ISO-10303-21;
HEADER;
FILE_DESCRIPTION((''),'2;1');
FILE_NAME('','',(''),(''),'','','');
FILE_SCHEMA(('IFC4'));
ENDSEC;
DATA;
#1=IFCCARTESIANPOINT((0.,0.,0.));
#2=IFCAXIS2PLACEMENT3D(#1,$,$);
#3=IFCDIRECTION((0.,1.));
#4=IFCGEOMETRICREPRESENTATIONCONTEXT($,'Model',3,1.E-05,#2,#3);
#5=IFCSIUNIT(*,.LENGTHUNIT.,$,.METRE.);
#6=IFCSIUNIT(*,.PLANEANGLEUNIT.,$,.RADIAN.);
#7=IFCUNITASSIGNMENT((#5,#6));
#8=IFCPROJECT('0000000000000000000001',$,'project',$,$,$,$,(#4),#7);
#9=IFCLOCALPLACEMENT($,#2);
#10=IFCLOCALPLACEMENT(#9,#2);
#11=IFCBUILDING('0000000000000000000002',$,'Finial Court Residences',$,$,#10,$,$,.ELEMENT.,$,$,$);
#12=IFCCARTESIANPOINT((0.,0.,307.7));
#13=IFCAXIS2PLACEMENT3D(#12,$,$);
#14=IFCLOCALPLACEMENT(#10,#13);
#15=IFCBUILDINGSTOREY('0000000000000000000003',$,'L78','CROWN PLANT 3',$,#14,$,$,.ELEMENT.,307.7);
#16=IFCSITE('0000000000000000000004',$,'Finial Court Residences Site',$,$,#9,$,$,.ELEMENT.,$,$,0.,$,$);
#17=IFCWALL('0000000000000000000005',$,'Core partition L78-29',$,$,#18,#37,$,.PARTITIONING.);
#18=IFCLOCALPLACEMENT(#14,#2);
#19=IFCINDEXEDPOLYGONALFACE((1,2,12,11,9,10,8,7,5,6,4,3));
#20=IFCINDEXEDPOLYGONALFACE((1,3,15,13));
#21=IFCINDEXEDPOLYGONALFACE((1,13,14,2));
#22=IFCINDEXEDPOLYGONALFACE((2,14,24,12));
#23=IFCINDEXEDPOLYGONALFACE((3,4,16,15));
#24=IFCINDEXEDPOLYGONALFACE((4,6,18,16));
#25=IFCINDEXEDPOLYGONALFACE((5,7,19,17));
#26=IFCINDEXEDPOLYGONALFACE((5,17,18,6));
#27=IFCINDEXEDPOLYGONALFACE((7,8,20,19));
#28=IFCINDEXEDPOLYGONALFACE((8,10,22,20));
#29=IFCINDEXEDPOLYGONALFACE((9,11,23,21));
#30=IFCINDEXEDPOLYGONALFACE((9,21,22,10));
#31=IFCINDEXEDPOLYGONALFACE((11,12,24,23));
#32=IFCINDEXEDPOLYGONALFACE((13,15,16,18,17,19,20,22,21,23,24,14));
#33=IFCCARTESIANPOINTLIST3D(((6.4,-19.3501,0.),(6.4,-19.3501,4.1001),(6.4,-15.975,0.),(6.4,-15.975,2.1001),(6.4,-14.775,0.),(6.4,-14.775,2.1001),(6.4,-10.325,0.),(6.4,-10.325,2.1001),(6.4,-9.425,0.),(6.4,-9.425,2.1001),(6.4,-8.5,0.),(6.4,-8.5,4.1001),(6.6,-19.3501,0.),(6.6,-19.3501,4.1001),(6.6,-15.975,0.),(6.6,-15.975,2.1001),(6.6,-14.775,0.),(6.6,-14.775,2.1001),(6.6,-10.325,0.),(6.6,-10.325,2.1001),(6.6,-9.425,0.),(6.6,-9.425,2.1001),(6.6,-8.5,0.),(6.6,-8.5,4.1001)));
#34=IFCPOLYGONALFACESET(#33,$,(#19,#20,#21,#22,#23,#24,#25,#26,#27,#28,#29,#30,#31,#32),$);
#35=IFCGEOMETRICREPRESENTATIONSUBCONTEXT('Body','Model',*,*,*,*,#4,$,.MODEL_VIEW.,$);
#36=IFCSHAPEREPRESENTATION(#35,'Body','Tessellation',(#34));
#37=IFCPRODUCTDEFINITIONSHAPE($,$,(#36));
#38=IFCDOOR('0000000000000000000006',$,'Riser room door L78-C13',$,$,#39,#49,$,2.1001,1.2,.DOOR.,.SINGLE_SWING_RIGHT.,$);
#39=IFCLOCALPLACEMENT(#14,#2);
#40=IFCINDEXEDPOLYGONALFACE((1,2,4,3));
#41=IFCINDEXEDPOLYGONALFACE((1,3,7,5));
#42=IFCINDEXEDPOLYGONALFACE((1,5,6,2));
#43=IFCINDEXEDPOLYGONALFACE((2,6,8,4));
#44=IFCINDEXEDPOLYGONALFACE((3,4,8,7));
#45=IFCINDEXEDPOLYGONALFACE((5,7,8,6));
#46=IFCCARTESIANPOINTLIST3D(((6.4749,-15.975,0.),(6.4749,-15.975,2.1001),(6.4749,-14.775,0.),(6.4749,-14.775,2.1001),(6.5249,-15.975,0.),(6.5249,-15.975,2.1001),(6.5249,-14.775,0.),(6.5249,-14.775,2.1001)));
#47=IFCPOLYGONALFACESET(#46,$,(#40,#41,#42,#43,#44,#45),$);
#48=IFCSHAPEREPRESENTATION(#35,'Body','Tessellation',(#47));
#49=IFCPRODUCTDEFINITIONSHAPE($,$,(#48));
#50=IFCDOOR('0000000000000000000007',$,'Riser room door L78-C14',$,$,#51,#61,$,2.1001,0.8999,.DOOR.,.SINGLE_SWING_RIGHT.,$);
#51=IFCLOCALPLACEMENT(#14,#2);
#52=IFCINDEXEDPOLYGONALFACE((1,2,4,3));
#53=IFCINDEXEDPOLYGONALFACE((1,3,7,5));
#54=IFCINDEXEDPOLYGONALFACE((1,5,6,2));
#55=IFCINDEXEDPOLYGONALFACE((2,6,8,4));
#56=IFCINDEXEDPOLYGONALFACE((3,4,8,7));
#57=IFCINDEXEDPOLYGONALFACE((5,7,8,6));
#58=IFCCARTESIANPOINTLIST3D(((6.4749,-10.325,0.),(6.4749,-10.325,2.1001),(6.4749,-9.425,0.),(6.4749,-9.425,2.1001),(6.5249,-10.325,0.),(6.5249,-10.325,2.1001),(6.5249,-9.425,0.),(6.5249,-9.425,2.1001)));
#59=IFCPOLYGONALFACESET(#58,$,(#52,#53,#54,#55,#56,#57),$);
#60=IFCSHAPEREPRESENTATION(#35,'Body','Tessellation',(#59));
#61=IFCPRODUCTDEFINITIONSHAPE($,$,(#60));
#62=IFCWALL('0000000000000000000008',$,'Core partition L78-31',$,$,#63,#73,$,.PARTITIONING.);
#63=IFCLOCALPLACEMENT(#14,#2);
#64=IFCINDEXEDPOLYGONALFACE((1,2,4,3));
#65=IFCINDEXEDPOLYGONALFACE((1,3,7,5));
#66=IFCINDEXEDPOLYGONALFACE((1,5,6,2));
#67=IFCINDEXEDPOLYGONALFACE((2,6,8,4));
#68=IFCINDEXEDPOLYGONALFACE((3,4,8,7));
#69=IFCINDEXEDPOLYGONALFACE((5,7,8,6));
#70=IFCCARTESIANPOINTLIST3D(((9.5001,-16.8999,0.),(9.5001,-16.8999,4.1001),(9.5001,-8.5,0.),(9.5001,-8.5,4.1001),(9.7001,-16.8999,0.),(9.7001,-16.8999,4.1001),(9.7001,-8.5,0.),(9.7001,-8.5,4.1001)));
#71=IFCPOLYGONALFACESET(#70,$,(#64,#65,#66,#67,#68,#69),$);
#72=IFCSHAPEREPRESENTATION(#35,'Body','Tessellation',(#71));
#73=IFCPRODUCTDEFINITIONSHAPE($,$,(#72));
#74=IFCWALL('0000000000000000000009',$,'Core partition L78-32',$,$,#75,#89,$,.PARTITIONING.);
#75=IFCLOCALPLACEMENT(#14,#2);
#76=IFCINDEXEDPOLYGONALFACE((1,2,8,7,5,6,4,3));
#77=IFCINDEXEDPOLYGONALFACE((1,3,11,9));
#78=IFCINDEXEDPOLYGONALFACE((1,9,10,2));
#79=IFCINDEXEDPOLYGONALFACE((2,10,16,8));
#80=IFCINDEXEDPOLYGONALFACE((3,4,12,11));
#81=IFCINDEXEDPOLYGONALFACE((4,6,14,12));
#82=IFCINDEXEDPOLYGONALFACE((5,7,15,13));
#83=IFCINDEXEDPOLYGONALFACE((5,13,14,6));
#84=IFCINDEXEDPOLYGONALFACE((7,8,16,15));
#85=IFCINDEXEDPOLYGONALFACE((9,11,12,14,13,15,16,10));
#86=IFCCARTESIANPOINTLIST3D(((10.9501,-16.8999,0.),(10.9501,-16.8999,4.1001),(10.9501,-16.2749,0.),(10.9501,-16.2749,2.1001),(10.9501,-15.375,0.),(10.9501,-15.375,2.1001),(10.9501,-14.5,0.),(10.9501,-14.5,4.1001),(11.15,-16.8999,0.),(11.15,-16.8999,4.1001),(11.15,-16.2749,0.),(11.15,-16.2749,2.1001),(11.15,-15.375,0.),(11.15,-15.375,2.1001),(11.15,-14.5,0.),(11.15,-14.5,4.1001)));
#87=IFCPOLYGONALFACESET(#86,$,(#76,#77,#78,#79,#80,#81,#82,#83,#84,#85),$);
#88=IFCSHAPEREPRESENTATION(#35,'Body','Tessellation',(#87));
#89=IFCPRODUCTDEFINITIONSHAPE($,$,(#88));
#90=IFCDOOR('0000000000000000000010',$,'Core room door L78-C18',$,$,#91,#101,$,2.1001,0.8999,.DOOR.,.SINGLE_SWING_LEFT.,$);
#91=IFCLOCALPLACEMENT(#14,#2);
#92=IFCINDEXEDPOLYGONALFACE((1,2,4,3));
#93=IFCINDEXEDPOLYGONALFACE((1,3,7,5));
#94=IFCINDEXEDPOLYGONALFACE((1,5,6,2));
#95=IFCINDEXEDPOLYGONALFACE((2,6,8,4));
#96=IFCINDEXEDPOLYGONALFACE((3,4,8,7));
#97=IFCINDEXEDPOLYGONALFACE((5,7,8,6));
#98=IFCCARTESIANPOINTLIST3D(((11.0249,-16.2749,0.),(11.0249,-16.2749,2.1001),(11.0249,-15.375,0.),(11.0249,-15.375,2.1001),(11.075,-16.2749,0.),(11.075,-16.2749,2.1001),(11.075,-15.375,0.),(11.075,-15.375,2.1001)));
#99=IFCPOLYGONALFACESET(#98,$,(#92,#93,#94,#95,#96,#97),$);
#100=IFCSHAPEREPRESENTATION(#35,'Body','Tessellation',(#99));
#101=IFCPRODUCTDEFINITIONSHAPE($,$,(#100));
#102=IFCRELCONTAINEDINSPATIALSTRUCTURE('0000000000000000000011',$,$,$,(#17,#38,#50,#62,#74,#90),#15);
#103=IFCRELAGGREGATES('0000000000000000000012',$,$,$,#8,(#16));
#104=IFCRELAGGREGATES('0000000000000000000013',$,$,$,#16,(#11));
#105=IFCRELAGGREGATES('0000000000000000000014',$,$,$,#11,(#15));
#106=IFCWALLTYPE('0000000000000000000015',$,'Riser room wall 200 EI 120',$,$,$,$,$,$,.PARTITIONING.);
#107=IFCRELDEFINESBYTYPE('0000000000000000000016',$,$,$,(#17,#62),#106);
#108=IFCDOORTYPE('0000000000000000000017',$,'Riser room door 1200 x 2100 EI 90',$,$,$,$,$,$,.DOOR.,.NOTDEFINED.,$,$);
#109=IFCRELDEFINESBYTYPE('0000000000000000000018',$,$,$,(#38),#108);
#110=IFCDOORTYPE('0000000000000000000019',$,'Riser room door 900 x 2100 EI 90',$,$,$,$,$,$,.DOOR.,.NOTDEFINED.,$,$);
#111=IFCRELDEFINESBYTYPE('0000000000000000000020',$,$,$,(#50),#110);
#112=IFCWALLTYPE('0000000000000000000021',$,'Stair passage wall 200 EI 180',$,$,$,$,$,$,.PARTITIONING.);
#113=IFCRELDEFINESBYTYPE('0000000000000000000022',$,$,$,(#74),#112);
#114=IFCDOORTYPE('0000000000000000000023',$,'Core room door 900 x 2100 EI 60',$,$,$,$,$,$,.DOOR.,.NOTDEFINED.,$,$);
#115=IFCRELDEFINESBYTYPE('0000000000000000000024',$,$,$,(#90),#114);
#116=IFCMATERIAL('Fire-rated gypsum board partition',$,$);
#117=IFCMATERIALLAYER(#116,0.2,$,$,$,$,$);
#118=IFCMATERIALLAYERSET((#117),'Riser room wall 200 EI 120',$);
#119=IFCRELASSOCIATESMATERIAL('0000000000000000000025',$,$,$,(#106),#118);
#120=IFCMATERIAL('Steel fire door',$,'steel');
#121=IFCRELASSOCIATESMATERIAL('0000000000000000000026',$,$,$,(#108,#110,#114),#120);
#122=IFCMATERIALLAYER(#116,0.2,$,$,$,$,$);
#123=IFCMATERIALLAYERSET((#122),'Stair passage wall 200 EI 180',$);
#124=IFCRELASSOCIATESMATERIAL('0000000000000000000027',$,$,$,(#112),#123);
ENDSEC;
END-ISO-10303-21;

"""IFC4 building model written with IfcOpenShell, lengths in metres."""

from ifc_helpers import new_model, si_unit, direction, frame, frame_2d, origin, place, context, subcontext, project, spatial, rectangle, extrude, material, layer, layer_set, type_object, element, fill, save


model = new_model("IFC4")

# Units and contexts
model_context = context("Model", 3, precision=1e-05, world=origin(), true_north=direction((0.0, 1.0)))
body_context = subcontext(model_context, "Body", "Model", "MODEL_VIEW")
ifc_project = project(units=[si_unit("LENGTHUNIT", "METRE"), si_unit("PLANEANGLEUNIT", "RADIAN")], contexts=[model_context])

# Site, building, storey
site_placement = place(None, origin())
site = spatial("IfcSite", under=ifc_project, at=site_placement, Name="Finial Court Residences Site", CompositionType="ELEMENT", RefElevation=0.0)
building_placement = place(site_placement, origin())
building = spatial("IfcBuilding", under=site, at=building_placement, Name="Finial Court Residences", CompositionType="ELEMENT")
storey_placement = place(building_placement, frame((0.0, 0.0, 307.7)))
storey = spatial("IfcBuildingStorey", under=building, at=storey_placement, Name="L78", Description="CROWN PLANT 3", CompositionType="ELEMENT", Elevation=307.7)

# Shared definitions
ifc_material_1 = material(Name="Fire-rated gypsum board partition")
ifc_material_2 = material(Name="Steel fire door", Category="steel")

# Shared definitions
ifc_layer_1 = layer(ifc_material_1, 0.2)
ifc_layer_set_1 = layer_set([ifc_layer_1], Name="Riser room wall 200 EI 120")
wall_type_1 = type_object("IfcWallType", Name="Riser room wall 200 EI 120", PredefinedType="PARTITIONING", material=ifc_layer_set_1)

# Wall, openings, doors
door_type_1 = type_object("IfcDoorType", Name="Riser room door 1200 x 2100 EI 90", OperationType="NOTDEFINED", PredefinedType="DOOR", material=ifc_material_2)
wall_1_placement = place(storey_placement, frame((6.5, -8.5, 0.0), z_axis=(0.0, 0.0, 1.0), x_axis=(0.0, -1.0, 0.0)))
wall_1 = element("IfcWall", 1, at=wall_1_placement, inside=storey, type_object=wall_type_1, Name="Core partition L78-29", PredefinedType="PARTITIONING", context=body_context, shape_type="SweptSolid", body=[
    extrude(rectangle(XDim=10.8501, YDim=0.2, at=frame_2d((5.425, 0.0))), origin(), (0.0, 0.0, 1.0), 4.1001),
])
opening_1_placement = place(wall_1_placement, frame((6.2749, 0.0, 0.0)))
opening_1 = element("IfcOpeningElement", 2, at=opening_1_placement, cuts=wall_1, PredefinedType="OPENING", context=body_context, shape_type="SweptSolid", body=[
    extrude(rectangle(XDim=1.2, YDim=2.1001, at=frame_2d((0.6001, 1.05))), frame((0.0, 0.1099, 0.0), z_axis=(0.0, -1.0, 0.0), x_axis=(1.0, 0.0, 0.0)), (0.0, 0.0, 1.0), 0.22),
])
opening_2_placement = place(wall_1_placement, frame((0.925, 0.0, 0.0)))
opening_2 = element("IfcOpeningElement", 3, at=opening_2_placement, cuts=wall_1, PredefinedType="OPENING", context=body_context, shape_type="SweptSolid", body=[
    extrude(rectangle(XDim=0.8999, YDim=2.1001, at=frame_2d((0.45, 1.05))), frame((0.0, 0.1099, 0.0), z_axis=(0.0, -1.0, 0.0), x_axis=(1.0, 0.0, 0.0)), (0.0, 0.0, 1.0), 0.22),
])
door_1_placement = place(opening_1_placement, origin())
door_1 = element("IfcDoor", 4, at=door_1_placement, inside=storey, type_object=door_type_1, Name="Riser room door L78-C13", OperationType="SINGLE_SWING_RIGHT", OverallHeight=2.1001, OverallWidth=1.2, PredefinedType="DOOR", context=body_context, shape_type="SweptSolid", body=[
    extrude(rectangle(XDim=1.2, YDim=2.1001, at=frame_2d((0.6001, 1.05))), frame((0.0, 0.0249, 0.0), z_axis=(0.0, -1.0, 0.0), x_axis=(1.0, 0.0, 0.0)), (0.0, 0.0, 1.0), 0.05),
])
fill(opening_1, door_1)
door_type_2 = type_object("IfcDoorType", Name="Riser room door 900 x 2100 EI 90", OperationType="NOTDEFINED", PredefinedType="DOOR", material=ifc_material_2)
door_2_placement = place(opening_2_placement, origin())
door_2 = element("IfcDoor", 5, at=door_2_placement, inside=storey, type_object=door_type_2, Name="Riser room door L78-C14", OperationType="SINGLE_SWING_RIGHT", OverallHeight=2.1001, OverallWidth=0.8999, PredefinedType="DOOR", context=body_context, shape_type="SweptSolid", body=[
    extrude(rectangle(XDim=0.8999, YDim=2.1001, at=frame_2d((0.45, 1.05))), frame((0.0, 0.0249, 0.0), z_axis=(0.0, -1.0, 0.0), x_axis=(1.0, 0.0, 0.0)), (0.0, 0.0, 1.0), 0.05),
])
fill(opening_2, door_2)

# Wall
wall_2_placement = place(storey_placement, frame((9.6001, -16.8999, 0.0), z_axis=(0.0, 0.0, 1.0), x_axis=(0.0, 1.0, 0.0)))
element("IfcWall", 6, at=wall_2_placement, inside=storey, type_object=wall_type_1, Name="Core partition L78-31", PredefinedType="PARTITIONING", context=body_context, shape_type="SweptSolid", body=[
    extrude(rectangle(XDim=8.3999, YDim=0.2, at=frame_2d((4.2, 0.0))), origin(), (0.0, 0.0, 1.0), 4.1001),
])

# Wall, opening, door
ifc_layer_2 = layer(ifc_material_1, 0.2)
ifc_layer_set_2 = layer_set([ifc_layer_2], Name="Stair passage wall 200 EI 180")
wall_type_2 = type_object("IfcWallType", Name="Stair passage wall 200 EI 180", PredefinedType="PARTITIONING", material=ifc_layer_set_2)
wall_3_placement = place(storey_placement, frame((11.05, -14.5, 0.0), z_axis=(0.0, 0.0, 1.0), x_axis=(0.0, -1.0, 0.0)))
wall_3 = element("IfcWall", 7, at=wall_3_placement, inside=storey, type_object=wall_type_2, Name="Core partition L78-32", PredefinedType="PARTITIONING", context=body_context, shape_type="SweptSolid", body=[
    extrude(rectangle(XDim=2.3999, YDim=0.2, at=frame_2d((1.2, 0.0))), origin(), (0.0, 0.0, 1.0), 4.1001),
])
opening_3_placement = place(wall_3_placement, frame((0.875, 0.0, 0.0)))
opening_3 = element("IfcOpeningElement", 8, at=opening_3_placement, cuts=wall_3, PredefinedType="OPENING", context=body_context, shape_type="SweptSolid", body=[
    extrude(rectangle(XDim=0.8999, YDim=2.1001, at=frame_2d((0.45, 1.05))), frame((0.0, 0.1099, 0.0), z_axis=(0.0, -1.0, 0.0), x_axis=(1.0, 0.0, 0.0)), (0.0, 0.0, 1.0), 0.22),
])
door_type_3 = type_object("IfcDoorType", Name="Core room door 900 x 2100 EI 60", OperationType="NOTDEFINED", PredefinedType="DOOR", material=ifc_material_2)
door_3_placement = place(opening_3_placement, origin())
door_3 = element("IfcDoor", 9, at=door_3_placement, inside=storey, type_object=door_type_3, Name="Core room door L78-C18", OperationType="SINGLE_SWING_LEFT", OverallHeight=2.1001, OverallWidth=0.8999, PredefinedType="DOOR", context=body_context, shape_type="SweptSolid", body=[
    extrude(rectangle(XDim=0.8999, YDim=2.1001, at=frame_2d((0.45, 1.05))), frame((0.0, 0.0249, 0.0), z_axis=(0.0, -1.0, 0.0), x_axis=(1.0, 0.0, 0.0)), (0.0, 0.0, 1.0), 0.05),
])
fill(opening_3, door_3)

save(model, "model.ifc")
